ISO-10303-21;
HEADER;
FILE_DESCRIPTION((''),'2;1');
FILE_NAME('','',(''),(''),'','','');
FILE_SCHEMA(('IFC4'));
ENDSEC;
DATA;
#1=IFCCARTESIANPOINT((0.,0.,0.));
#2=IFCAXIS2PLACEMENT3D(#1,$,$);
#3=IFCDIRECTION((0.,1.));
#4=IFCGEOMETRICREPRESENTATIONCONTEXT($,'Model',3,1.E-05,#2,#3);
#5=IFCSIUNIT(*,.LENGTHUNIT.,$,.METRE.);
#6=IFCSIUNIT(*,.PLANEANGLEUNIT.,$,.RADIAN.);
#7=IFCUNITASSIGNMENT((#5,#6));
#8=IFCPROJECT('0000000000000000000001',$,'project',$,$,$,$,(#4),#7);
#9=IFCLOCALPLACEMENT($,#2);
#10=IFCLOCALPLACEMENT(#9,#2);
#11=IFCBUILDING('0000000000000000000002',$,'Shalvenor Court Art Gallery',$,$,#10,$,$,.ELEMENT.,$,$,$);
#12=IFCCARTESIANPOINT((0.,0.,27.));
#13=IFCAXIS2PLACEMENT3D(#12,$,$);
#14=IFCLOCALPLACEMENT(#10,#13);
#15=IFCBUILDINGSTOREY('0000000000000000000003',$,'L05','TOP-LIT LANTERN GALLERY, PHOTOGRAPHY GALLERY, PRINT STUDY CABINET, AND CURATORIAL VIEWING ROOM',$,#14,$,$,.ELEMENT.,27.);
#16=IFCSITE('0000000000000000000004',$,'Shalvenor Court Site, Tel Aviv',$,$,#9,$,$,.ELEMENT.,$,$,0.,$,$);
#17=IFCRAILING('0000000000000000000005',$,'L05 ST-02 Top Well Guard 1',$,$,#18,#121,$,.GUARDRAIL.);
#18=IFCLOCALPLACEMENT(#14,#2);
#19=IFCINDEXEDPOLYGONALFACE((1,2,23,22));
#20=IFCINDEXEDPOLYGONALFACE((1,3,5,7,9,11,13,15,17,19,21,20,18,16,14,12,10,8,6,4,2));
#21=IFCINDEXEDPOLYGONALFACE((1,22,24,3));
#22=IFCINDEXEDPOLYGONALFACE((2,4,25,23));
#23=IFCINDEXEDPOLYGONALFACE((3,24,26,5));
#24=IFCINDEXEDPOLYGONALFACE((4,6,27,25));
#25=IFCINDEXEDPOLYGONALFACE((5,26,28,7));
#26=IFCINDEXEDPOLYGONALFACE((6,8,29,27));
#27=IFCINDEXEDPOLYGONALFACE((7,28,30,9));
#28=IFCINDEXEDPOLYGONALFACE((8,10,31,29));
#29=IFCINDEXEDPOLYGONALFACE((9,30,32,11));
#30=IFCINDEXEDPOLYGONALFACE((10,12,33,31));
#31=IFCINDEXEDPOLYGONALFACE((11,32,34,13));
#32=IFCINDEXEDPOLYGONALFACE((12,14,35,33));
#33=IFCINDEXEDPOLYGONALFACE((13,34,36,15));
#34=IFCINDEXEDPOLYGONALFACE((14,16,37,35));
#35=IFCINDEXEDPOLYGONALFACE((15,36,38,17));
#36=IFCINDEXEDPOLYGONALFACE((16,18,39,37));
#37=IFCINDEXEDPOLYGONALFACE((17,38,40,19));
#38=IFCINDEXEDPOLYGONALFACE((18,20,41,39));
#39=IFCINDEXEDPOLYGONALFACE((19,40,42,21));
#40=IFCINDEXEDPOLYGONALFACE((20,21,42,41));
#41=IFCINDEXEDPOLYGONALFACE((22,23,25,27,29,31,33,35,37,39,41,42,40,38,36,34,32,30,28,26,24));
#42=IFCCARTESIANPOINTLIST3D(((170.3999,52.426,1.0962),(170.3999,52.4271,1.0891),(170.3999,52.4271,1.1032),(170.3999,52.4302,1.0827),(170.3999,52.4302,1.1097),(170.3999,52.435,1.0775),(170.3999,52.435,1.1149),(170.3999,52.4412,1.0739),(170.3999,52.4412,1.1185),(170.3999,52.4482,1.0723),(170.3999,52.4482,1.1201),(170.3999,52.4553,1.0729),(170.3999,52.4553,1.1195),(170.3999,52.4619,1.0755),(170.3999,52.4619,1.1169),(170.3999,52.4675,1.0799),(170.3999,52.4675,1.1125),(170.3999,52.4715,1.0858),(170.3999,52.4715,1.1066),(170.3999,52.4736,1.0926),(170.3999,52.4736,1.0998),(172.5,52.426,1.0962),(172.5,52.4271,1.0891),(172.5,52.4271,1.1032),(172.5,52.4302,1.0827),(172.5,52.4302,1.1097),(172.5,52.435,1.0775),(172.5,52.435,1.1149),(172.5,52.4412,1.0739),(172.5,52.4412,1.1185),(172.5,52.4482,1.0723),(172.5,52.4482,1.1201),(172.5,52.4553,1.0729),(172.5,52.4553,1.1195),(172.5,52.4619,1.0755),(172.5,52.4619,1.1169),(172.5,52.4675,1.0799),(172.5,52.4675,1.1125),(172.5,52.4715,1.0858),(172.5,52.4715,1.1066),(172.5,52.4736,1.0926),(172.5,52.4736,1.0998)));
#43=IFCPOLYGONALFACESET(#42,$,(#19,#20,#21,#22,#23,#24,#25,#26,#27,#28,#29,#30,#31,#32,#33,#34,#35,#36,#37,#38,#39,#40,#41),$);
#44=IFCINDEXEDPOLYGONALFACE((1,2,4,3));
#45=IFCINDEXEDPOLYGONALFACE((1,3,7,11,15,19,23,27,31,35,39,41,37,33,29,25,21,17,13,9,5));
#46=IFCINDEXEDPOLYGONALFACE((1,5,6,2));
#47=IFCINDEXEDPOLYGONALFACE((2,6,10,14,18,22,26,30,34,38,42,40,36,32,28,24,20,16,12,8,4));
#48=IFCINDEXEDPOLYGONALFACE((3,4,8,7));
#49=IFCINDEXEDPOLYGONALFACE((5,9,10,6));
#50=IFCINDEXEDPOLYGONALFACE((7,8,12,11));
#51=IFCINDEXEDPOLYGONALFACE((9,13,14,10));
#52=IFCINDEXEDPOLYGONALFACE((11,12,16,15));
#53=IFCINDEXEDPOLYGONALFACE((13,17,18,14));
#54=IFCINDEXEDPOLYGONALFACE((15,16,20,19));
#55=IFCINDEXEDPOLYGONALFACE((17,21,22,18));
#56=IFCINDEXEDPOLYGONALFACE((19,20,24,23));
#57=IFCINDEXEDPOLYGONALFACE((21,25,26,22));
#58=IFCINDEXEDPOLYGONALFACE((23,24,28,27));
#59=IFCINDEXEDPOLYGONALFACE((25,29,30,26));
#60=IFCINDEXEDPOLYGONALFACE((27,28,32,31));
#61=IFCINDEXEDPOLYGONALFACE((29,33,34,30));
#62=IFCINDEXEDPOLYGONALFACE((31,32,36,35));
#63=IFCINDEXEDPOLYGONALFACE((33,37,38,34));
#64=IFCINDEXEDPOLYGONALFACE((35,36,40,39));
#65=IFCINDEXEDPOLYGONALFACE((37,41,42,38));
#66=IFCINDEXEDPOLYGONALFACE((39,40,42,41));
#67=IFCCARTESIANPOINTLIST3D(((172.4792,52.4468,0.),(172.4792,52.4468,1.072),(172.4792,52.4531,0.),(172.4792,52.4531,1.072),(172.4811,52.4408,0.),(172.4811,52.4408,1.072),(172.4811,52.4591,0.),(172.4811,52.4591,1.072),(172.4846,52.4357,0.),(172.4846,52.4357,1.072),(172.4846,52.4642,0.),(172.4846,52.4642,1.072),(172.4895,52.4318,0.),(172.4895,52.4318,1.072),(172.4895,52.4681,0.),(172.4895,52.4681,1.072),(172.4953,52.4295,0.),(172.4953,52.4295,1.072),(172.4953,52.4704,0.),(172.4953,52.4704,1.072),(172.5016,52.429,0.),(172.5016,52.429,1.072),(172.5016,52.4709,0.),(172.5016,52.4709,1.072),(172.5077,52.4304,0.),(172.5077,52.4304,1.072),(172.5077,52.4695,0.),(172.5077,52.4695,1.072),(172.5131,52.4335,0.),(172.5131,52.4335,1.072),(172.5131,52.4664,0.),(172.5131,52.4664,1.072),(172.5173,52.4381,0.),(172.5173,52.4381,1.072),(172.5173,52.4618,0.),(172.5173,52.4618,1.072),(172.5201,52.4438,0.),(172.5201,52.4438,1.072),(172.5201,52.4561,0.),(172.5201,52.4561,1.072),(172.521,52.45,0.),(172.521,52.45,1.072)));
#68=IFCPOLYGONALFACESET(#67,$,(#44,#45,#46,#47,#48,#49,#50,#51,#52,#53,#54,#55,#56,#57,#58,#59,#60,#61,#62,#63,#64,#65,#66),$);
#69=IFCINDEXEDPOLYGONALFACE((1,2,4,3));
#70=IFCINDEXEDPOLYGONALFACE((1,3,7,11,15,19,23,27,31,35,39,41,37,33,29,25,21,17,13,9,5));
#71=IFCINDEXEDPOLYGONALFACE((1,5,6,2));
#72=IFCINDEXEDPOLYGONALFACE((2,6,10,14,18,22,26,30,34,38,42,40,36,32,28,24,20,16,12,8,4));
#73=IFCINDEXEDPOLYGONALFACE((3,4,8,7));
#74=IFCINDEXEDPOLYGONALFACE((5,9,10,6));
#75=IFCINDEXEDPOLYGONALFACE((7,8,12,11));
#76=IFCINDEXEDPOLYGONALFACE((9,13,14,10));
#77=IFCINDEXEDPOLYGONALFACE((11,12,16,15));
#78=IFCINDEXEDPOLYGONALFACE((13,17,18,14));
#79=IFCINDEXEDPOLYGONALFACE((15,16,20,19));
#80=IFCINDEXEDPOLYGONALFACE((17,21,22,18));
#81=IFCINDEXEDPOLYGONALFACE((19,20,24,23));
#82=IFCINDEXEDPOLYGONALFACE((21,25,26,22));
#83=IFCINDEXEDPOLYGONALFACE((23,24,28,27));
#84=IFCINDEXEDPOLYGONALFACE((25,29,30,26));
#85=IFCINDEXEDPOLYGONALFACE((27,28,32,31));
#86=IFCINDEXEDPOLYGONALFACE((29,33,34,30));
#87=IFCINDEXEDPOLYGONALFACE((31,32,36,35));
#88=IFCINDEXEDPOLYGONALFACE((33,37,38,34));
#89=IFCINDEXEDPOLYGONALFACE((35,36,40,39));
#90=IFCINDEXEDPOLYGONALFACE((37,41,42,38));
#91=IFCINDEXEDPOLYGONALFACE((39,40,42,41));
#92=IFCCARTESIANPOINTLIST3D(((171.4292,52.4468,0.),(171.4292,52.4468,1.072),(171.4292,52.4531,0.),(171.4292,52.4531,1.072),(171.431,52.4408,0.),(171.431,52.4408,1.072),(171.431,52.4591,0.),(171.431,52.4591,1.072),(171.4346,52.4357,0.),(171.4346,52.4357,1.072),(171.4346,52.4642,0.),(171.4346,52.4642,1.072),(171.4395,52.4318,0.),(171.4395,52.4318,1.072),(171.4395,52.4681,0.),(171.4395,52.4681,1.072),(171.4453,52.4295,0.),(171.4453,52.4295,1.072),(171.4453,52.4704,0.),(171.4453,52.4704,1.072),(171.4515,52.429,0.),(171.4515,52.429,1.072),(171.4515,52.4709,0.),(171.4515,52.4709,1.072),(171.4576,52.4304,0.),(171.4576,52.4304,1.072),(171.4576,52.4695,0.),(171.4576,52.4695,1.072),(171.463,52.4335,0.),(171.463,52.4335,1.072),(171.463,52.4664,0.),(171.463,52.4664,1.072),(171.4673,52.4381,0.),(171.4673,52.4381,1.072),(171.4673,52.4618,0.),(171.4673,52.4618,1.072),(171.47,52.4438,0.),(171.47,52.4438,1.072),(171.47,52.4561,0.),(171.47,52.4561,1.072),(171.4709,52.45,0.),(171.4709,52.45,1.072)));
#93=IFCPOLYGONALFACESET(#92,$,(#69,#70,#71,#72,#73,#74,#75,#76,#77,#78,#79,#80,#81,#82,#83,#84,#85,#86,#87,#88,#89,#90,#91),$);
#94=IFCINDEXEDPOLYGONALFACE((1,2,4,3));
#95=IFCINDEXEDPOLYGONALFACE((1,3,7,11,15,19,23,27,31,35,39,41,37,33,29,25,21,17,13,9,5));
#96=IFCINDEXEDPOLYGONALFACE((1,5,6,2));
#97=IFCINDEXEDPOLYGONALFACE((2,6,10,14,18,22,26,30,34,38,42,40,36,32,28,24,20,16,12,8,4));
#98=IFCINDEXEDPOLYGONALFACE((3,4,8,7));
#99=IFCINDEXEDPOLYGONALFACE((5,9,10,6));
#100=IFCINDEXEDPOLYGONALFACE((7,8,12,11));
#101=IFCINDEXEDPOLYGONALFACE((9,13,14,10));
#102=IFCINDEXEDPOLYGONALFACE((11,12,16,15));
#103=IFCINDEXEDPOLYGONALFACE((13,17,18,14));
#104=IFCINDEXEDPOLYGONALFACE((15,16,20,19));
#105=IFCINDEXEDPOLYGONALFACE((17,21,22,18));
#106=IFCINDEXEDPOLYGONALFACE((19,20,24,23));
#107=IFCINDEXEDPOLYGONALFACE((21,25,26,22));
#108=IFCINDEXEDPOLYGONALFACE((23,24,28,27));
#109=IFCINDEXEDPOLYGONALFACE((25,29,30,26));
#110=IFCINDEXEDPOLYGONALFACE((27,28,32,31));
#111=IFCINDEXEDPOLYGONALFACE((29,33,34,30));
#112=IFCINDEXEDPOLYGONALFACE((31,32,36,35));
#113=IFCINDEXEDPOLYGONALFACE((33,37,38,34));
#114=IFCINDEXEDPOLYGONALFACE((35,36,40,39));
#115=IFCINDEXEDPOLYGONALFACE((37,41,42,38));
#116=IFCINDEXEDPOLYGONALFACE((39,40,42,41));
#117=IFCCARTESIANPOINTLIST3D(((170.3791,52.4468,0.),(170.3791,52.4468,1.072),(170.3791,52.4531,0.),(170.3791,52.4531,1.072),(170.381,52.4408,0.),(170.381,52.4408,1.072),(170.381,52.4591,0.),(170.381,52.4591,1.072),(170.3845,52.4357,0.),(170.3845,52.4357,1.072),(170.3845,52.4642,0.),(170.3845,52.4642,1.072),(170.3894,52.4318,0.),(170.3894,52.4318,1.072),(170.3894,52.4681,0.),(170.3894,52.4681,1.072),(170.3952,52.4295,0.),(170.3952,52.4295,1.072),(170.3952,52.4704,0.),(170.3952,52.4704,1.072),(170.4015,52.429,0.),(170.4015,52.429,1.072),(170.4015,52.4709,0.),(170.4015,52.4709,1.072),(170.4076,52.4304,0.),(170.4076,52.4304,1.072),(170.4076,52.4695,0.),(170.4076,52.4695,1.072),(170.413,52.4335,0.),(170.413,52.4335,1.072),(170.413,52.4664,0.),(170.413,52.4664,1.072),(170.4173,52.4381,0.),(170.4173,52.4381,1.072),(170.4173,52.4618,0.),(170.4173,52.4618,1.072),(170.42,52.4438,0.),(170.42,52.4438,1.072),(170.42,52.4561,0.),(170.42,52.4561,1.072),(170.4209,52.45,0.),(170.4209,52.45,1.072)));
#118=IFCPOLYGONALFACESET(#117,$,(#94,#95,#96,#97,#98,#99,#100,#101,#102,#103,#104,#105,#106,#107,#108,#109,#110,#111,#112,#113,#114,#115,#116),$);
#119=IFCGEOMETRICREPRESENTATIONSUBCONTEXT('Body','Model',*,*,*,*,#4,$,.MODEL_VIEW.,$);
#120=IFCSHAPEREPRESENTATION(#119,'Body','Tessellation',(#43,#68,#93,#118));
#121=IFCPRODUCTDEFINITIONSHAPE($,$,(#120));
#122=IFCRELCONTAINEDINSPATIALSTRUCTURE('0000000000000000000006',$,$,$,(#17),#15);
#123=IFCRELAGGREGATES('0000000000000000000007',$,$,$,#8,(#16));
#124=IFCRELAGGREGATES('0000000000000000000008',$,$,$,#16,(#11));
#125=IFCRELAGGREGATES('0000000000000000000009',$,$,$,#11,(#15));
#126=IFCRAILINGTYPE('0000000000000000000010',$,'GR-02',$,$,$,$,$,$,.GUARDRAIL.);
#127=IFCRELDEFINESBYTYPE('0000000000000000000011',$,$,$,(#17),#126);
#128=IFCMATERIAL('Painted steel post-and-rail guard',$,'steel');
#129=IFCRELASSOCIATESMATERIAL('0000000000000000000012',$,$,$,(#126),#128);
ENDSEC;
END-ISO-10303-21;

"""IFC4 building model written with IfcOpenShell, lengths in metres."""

from ifc_helpers import new_model, si_unit, direction, frame, origin, origin_2d, place, context, subcontext, project, spatial, circle, extrude, material, type_object, element, save


model = new_model("IFC4")

# Units and contexts
model_context = context("Model", 3, precision=1e-05, world=origin(), true_north=direction((0.0, 1.0)))
body_context = subcontext(model_context, "Body", "Model", "MODEL_VIEW")
ifc_project = project(units=[si_unit("LENGTHUNIT", "METRE"), si_unit("PLANEANGLEUNIT", "RADIAN")], contexts=[model_context])

# Site, building, storey
site_placement = place(None, origin())
site = spatial("IfcSite", under=ifc_project, at=site_placement, Name="Shalvenor Court Site, Tel Aviv", CompositionType="ELEMENT", RefElevation=0.0)
building_placement = place(site_placement, origin())
building = spatial("IfcBuilding", under=site, at=building_placement, Name="Shalvenor Court Art Gallery", CompositionType="ELEMENT")
storey_placement = place(building_placement, frame((0.0, 0.0, 27.0)))
storey = spatial("IfcBuildingStorey", under=building, at=storey_placement, Name="L05", Description="TOP-LIT LANTERN GALLERY, PHOTOGRAPHY GALLERY, PRINT STUDY CABINET, AND CURATORIAL VIEWING ROOM", CompositionType="ELEMENT", Elevation=27.0)

# Railing
ifc_material_1 = material(Name="Painted steel post-and-rail guard", Category="steel")
railing_type = type_object("IfcRailingType", Name="GR-02", PredefinedType="GUARDRAIL", material=ifc_material_1)
railing_placement = place(storey_placement, frame((172.5, 52.45, 0.0)))
element("IfcRailing", 1, at=railing_placement, inside=storey, type_object=railing_type, Name="L05 ST-02 Top Well Guard 1", PredefinedType="GUARDRAIL", context=body_context, shape_type="SweptSolid", body=[
    extrude(circle(Radius=0.0239, at=origin_2d()), frame((0.0, 0.0, 1.0962), z_axis=(-1.0, 0.0, 0.0), x_axis=(0.0, -1.0, 0.0)), (0.0, 0.0, 1.0), 2.1001),
    extrude(circle(Radius=0.021, at=origin_2d()), origin(), (0.0, 0.0, 1.0), 1.072),
    extrude(circle(Radius=0.021, at=origin_2d()), frame((-1.05, 0.0, 0.0)), (0.0, 0.0, 1.0), 1.072),
    extrude(circle(Radius=0.021, at=origin_2d()), frame((-2.1001, 0.0, 0.0)), (0.0, 0.0, 1.0), 1.072),
])

save(model, "model.ifc")
